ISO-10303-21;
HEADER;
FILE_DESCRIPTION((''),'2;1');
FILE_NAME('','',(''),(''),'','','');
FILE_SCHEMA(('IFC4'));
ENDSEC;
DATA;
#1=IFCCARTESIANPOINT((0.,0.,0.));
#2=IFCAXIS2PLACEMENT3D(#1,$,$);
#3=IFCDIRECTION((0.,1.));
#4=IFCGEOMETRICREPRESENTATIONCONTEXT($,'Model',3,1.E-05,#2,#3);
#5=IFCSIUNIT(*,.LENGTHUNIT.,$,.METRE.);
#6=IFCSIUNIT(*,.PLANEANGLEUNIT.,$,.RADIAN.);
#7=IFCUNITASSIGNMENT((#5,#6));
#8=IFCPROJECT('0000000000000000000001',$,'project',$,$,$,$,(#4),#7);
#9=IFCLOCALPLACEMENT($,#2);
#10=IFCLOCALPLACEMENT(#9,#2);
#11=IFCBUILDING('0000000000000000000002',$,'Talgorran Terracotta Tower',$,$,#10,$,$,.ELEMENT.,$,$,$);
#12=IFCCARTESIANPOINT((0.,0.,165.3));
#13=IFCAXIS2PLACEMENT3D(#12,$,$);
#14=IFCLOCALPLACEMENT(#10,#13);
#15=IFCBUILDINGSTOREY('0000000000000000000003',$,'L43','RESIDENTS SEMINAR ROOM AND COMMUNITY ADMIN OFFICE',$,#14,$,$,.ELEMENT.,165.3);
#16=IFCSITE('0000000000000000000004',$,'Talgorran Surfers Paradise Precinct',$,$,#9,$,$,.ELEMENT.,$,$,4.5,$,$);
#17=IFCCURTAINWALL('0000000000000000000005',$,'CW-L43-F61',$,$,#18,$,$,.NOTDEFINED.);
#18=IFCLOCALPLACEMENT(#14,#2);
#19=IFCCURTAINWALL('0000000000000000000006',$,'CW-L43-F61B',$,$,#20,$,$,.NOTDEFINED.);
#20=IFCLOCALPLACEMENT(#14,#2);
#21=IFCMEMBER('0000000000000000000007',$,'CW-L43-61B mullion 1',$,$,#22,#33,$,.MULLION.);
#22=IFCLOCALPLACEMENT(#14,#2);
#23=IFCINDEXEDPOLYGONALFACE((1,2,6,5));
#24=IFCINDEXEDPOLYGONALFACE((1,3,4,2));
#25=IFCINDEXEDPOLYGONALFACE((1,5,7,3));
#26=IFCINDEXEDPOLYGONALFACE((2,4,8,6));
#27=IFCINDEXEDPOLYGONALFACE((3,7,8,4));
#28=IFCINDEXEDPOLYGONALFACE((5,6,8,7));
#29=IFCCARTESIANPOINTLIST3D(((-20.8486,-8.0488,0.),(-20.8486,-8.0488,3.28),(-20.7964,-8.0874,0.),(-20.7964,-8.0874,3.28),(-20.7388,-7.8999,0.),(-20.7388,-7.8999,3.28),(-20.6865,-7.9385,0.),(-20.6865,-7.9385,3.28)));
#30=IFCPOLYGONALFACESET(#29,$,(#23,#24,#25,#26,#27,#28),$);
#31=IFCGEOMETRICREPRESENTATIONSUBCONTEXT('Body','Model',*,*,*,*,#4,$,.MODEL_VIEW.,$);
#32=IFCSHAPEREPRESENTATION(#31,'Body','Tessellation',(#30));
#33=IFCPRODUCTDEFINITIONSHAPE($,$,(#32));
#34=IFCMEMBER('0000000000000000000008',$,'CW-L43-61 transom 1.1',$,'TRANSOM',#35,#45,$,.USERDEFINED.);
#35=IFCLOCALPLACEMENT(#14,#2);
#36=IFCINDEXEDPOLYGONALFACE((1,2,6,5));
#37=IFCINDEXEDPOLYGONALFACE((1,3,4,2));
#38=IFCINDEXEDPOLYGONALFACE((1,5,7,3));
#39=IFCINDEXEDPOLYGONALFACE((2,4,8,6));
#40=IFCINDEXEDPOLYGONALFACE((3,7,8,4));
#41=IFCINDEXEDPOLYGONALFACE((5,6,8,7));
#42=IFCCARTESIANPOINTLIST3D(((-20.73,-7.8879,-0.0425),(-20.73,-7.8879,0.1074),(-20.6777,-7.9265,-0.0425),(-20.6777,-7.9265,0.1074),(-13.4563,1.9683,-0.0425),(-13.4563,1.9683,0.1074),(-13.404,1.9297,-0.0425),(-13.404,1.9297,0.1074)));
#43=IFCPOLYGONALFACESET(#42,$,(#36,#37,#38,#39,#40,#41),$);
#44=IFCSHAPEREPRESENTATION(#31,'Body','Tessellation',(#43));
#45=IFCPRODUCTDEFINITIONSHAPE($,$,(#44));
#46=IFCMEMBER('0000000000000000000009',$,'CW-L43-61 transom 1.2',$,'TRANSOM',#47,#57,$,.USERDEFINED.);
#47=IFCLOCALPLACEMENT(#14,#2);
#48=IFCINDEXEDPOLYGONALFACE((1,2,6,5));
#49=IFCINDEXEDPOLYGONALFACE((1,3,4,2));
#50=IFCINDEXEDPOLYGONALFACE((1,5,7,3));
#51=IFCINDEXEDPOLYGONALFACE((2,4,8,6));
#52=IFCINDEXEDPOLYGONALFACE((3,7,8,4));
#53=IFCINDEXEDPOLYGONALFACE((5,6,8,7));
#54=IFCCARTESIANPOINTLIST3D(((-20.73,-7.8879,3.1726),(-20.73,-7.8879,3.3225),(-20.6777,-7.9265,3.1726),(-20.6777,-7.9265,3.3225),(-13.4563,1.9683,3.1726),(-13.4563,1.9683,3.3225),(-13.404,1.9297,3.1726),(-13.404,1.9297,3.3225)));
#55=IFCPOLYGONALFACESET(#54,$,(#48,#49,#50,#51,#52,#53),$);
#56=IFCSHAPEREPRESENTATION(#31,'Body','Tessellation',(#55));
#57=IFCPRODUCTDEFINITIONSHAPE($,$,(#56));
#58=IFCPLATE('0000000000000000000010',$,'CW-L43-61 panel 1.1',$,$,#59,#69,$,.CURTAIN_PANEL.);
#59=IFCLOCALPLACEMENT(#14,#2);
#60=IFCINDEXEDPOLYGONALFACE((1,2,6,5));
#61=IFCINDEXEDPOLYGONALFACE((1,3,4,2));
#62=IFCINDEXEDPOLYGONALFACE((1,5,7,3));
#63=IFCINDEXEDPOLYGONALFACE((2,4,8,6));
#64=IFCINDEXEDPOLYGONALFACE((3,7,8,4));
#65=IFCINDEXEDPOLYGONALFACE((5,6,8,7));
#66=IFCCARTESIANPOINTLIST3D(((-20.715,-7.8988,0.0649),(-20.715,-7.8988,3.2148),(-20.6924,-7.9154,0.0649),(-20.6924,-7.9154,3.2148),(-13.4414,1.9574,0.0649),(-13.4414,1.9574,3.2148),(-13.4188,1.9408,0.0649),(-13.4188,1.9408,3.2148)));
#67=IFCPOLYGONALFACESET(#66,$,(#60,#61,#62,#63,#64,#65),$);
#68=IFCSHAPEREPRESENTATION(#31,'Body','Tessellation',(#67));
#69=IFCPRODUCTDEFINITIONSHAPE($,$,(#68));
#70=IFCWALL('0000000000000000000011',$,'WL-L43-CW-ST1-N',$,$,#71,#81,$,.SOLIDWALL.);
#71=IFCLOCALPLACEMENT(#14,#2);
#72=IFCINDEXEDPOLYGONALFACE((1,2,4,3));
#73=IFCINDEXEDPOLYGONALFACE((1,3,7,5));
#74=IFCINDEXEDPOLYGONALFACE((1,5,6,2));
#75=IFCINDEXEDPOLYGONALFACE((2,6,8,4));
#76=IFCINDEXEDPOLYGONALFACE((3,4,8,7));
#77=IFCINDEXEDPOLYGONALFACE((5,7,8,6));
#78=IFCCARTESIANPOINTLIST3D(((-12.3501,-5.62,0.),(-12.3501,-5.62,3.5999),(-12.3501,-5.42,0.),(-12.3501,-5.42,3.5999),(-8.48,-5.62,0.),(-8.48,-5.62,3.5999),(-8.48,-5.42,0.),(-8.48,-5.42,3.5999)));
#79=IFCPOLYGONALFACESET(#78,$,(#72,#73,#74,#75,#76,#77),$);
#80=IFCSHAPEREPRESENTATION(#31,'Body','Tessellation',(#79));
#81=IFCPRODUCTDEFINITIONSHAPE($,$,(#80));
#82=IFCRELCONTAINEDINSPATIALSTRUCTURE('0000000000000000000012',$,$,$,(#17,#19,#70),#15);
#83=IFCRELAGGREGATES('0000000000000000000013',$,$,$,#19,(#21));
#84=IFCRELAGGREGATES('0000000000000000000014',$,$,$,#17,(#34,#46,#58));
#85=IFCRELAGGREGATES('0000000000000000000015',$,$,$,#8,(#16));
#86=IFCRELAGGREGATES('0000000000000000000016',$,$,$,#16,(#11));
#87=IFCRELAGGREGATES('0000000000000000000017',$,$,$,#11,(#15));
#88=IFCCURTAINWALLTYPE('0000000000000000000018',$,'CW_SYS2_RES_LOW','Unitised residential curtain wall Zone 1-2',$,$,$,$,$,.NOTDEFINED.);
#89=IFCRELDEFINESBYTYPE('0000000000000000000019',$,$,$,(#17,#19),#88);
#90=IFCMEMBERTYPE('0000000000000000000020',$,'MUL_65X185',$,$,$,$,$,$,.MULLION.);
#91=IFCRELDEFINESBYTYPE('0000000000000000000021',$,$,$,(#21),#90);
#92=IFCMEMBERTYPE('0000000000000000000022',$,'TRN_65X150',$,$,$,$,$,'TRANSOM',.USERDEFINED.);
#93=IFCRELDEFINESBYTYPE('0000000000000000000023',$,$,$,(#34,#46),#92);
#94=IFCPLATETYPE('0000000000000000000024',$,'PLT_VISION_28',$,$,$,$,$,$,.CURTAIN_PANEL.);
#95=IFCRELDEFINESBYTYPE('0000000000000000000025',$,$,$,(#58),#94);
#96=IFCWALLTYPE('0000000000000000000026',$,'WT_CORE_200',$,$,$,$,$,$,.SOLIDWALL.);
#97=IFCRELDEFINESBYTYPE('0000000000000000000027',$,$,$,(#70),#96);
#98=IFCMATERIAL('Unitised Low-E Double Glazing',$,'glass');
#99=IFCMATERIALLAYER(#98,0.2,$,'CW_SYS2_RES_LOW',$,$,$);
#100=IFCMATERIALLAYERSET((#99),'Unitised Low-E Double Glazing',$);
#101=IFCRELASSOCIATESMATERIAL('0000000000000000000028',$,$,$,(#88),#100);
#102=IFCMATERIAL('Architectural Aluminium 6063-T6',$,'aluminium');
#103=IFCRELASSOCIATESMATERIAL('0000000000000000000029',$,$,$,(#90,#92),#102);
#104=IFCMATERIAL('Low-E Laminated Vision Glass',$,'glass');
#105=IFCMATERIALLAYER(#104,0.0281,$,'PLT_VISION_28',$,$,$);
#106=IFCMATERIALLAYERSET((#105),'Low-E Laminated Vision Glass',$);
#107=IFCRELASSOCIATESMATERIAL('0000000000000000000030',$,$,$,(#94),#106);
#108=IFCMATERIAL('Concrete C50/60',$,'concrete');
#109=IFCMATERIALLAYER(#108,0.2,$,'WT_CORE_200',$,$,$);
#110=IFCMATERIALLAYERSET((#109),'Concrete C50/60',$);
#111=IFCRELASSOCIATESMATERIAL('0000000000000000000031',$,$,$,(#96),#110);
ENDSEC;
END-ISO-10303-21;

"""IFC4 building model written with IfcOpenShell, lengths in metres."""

from ifc_helpers import new_model, si_unit, direction, frame, frame_2d, origin, origin_2d, place, context, subcontext, project, spatial, rectangle, extrude, source, transform, mapped, material, layer, layer_set, material_profile, profile_set, type_object, type_shapes, element, aggregate, save


model = new_model("IFC4")

# Units and contexts
model_context = context("Model", 3, precision=1e-05, world=origin(), true_north=direction((0.0, 1.0)))
body_context = subcontext(model_context, "Body", "Model", "MODEL_VIEW")
ifc_project = project(units=[si_unit("LENGTHUNIT", "METRE"), si_unit("PLANEANGLEUNIT", "RADIAN")], contexts=[model_context])

# Site, building, storey
site_placement = place(None, origin())
site = spatial("IfcSite", under=ifc_project, at=site_placement, Name="Talgorran Surfers Paradise Precinct", CompositionType="ELEMENT", RefElevation=4.5)
building_placement = place(site_placement, origin())
building = spatial("IfcBuilding", under=site, at=building_placement, Name="Talgorran Terracotta Tower", CompositionType="ELEMENT")
storey_placement = place(building_placement, frame((0.0, 0.0, 165.3)))
storey = spatial("IfcBuildingStorey", under=building, at=storey_placement, Name="L43", Description="RESIDENTS SEMINAR ROOM AND COMMUNITY ADMIN OFFICE", CompositionType="ELEMENT", Elevation=165.3)

# Curtain wall
ifc_material_1 = material(Name="Unitised Low-E Double Glazing", Category="glass")
ifc_layer_1 = layer(ifc_material_1, 0.2, Name="CW_SYS2_RES_LOW")
ifc_layer_set_1 = layer_set([ifc_layer_1], Name="Unitised Low-E Double Glazing")
curtain_wall_type = type_object("IfcCurtainWallType", Name="CW_SYS2_RES_LOW", Description="Unitised residential curtain wall Zone 1-2", PredefinedType="NOTDEFINED", material=ifc_layer_set_1)
curtain_wall_1_placement = place(storey_placement, origin())
curtain_wall_1 = element("IfcCurtainWall", 1, at=curtain_wall_1_placement, inside=storey, type_object=curtain_wall_type, Name="CW-L43-F61", PredefinedType="NOTDEFINED")
ifc_material_2 = material(Name="Architectural Aluminium 6063-T6", Category="aluminium")
ifc_material_profile_1 = material_profile(ifc_material_2, rectangle(XDim=0.0649, YDim=0.1851, at=origin_2d()), Name="CWM65X185")
ifc_profile_set_1 = profile_set([ifc_material_profile_1], Name="Architectural Aluminium 6063-T6")
member_type_1 = type_object("IfcMemberType", Name="MUL_65X185", PredefinedType="MULLION", material=ifc_profile_set_1)

# Curtain wall, member
curtain_wall_2_placement = place(storey_placement, origin())
curtain_wall_2 = element("IfcCurtainWall", 2, at=curtain_wall_2_placement, inside=storey, type_object=curtain_wall_type, Name="CW-L43-F61B", PredefinedType="NOTDEFINED")
member_1_placement = place(storey_placement, frame((-20.7676, -7.9937, 0.0), z_axis=(0.0, 0.0, 1.0), x_axis=(0.804624, -0.593785, 0.0)))
member_1 = element("IfcMember", 3, at=member_1_placement, type_object=member_type_1, Name="CW-L43-61B mullion 1", PredefinedType="MULLION", context=body_context, shape_type="SweptSolid", body=[
    extrude(rectangle(XDim=0.0649, YDim=0.1851, at=origin_2d()), origin(), (0.0, 0.0, 1.0), 3.28),
])
aggregate(curtain_wall_2, [member_1])

# Members
ifc_material_profile_2 = material_profile(ifc_material_2, rectangle(XDim=0.0649, YDim=0.1499, at=origin_2d()), Name="CWT65X150")
ifc_profile_set_2 = profile_set([ifc_material_profile_2], Name="Architectural Aluminium 6063-T6")
member_type_2 = type_object("IfcMemberType", Name="TRN_65X150", ElementType="TRANSOM", PredefinedType="USERDEFINED", material=ifc_profile_set_2)
member_2_placement = place(storey_placement, frame((-13.4302, 1.949, 0.0325), z_axis=(-0.593792, -0.804618, 0.0), x_axis=(0.804618, -0.593792, 0.0)))
member_2 = element("IfcMember", 4, at=member_2_placement, type_object=member_type_2, Name="CW-L43-61 transom 1.1", ObjectType="TRANSOM", PredefinedType="USERDEFINED", context=body_context, shape_type="SweptSolid", body=[
    extrude(rectangle(XDim=0.0649, YDim=0.1499, at=origin_2d()), origin(), (0.0, 0.0, 1.0), 12.2495),
])
member_3_placement = place(storey_placement, frame((-13.4302, 1.949, 3.2476), z_axis=(-0.593792, -0.804618, 0.0), x_axis=(0.804618, -0.593792, 0.0)))
member_3 = element("IfcMember", 5, at=member_3_placement, type_object=member_type_2, Name="CW-L43-61 transom 1.2", ObjectType="TRANSOM", PredefinedType="USERDEFINED", context=body_context, shape_type="SweptSolid", body=[
    extrude(rectangle(XDim=0.0649, YDim=0.1499, at=origin_2d()), origin(), (0.0, 0.0, 1.0), 12.2495),
])

# Plate
ifc_material_3 = material(Name="Low-E Laminated Vision Glass", Category="glass")
ifc_layer_2 = layer(ifc_material_3, 0.0281, Name="PLT_VISION_28")
ifc_layer_set_2 = layer_set([ifc_layer_2], Name="Low-E Laminated Vision Glass")
plate_type = type_object("IfcPlateType", Name="PLT_VISION_28", PredefinedType="CURTAIN_PANEL", material=ifc_layer_set_2)
shared_shape = source(origin(), body_context, "Body", "SweptSolid", [
    extrude(rectangle(XDim=12.2495, YDim=0.0281, at=origin_2d()), origin(), (0.0, 0.0, 1.0), 3.1499),
])
type_shapes(plate_type, [shared_shape])
plate_placement = place(storey_placement, frame((-17.0669, -2.979, 0.0649), z_axis=(0.0, 0.0, 1.0), x_axis=(-0.593789, -0.804621, 0.0)))
plate = element("IfcPlate", 6, at=plate_placement, type_object=plate_type, Name="CW-L43-61 panel 1.1", PredefinedType="CURTAIN_PANEL", context=body_context, shape_type="MappedRepresentation", body=[
    mapped(shared_shape, transform((0.0, 0.0, 0.0), scale=1.0)),
])
aggregate(curtain_wall_1, [member_2, member_3, plate])

# Wall
ifc_material_4 = material(Name="Concrete C50/60", Category="concrete")
ifc_layer_3 = layer(ifc_material_4, 0.2, Name="WT_CORE_200")
ifc_layer_set_3 = layer_set([ifc_layer_3], Name="Concrete C50/60")
wall_type_1 = type_object("IfcWallType", Name="WT_CORE_200", PredefinedType="SOLIDWALL", material=ifc_layer_set_3)
wall_1_placement = place(storey_placement, frame((-12.3501, -5.52, 0.0), z_axis=(0.0, 0.0, 1.0), x_axis=(1.0, 0.0, 0.0)))
element("IfcWall", 7, at=wall_1_placement, inside=storey, type_object=wall_type_1, Name="WL-L43-CW-ST1-N", PredefinedType="SOLIDWALL", context=body_context, shape_type="SweptSolid", body=[
    extrude(rectangle(XDim=3.8701, YDim=0.2, at=frame_2d((1.9351, 0.0))), origin(), (0.0, 0.0, 1.0), 3.5999),
])

save(model, "model.ifc")
